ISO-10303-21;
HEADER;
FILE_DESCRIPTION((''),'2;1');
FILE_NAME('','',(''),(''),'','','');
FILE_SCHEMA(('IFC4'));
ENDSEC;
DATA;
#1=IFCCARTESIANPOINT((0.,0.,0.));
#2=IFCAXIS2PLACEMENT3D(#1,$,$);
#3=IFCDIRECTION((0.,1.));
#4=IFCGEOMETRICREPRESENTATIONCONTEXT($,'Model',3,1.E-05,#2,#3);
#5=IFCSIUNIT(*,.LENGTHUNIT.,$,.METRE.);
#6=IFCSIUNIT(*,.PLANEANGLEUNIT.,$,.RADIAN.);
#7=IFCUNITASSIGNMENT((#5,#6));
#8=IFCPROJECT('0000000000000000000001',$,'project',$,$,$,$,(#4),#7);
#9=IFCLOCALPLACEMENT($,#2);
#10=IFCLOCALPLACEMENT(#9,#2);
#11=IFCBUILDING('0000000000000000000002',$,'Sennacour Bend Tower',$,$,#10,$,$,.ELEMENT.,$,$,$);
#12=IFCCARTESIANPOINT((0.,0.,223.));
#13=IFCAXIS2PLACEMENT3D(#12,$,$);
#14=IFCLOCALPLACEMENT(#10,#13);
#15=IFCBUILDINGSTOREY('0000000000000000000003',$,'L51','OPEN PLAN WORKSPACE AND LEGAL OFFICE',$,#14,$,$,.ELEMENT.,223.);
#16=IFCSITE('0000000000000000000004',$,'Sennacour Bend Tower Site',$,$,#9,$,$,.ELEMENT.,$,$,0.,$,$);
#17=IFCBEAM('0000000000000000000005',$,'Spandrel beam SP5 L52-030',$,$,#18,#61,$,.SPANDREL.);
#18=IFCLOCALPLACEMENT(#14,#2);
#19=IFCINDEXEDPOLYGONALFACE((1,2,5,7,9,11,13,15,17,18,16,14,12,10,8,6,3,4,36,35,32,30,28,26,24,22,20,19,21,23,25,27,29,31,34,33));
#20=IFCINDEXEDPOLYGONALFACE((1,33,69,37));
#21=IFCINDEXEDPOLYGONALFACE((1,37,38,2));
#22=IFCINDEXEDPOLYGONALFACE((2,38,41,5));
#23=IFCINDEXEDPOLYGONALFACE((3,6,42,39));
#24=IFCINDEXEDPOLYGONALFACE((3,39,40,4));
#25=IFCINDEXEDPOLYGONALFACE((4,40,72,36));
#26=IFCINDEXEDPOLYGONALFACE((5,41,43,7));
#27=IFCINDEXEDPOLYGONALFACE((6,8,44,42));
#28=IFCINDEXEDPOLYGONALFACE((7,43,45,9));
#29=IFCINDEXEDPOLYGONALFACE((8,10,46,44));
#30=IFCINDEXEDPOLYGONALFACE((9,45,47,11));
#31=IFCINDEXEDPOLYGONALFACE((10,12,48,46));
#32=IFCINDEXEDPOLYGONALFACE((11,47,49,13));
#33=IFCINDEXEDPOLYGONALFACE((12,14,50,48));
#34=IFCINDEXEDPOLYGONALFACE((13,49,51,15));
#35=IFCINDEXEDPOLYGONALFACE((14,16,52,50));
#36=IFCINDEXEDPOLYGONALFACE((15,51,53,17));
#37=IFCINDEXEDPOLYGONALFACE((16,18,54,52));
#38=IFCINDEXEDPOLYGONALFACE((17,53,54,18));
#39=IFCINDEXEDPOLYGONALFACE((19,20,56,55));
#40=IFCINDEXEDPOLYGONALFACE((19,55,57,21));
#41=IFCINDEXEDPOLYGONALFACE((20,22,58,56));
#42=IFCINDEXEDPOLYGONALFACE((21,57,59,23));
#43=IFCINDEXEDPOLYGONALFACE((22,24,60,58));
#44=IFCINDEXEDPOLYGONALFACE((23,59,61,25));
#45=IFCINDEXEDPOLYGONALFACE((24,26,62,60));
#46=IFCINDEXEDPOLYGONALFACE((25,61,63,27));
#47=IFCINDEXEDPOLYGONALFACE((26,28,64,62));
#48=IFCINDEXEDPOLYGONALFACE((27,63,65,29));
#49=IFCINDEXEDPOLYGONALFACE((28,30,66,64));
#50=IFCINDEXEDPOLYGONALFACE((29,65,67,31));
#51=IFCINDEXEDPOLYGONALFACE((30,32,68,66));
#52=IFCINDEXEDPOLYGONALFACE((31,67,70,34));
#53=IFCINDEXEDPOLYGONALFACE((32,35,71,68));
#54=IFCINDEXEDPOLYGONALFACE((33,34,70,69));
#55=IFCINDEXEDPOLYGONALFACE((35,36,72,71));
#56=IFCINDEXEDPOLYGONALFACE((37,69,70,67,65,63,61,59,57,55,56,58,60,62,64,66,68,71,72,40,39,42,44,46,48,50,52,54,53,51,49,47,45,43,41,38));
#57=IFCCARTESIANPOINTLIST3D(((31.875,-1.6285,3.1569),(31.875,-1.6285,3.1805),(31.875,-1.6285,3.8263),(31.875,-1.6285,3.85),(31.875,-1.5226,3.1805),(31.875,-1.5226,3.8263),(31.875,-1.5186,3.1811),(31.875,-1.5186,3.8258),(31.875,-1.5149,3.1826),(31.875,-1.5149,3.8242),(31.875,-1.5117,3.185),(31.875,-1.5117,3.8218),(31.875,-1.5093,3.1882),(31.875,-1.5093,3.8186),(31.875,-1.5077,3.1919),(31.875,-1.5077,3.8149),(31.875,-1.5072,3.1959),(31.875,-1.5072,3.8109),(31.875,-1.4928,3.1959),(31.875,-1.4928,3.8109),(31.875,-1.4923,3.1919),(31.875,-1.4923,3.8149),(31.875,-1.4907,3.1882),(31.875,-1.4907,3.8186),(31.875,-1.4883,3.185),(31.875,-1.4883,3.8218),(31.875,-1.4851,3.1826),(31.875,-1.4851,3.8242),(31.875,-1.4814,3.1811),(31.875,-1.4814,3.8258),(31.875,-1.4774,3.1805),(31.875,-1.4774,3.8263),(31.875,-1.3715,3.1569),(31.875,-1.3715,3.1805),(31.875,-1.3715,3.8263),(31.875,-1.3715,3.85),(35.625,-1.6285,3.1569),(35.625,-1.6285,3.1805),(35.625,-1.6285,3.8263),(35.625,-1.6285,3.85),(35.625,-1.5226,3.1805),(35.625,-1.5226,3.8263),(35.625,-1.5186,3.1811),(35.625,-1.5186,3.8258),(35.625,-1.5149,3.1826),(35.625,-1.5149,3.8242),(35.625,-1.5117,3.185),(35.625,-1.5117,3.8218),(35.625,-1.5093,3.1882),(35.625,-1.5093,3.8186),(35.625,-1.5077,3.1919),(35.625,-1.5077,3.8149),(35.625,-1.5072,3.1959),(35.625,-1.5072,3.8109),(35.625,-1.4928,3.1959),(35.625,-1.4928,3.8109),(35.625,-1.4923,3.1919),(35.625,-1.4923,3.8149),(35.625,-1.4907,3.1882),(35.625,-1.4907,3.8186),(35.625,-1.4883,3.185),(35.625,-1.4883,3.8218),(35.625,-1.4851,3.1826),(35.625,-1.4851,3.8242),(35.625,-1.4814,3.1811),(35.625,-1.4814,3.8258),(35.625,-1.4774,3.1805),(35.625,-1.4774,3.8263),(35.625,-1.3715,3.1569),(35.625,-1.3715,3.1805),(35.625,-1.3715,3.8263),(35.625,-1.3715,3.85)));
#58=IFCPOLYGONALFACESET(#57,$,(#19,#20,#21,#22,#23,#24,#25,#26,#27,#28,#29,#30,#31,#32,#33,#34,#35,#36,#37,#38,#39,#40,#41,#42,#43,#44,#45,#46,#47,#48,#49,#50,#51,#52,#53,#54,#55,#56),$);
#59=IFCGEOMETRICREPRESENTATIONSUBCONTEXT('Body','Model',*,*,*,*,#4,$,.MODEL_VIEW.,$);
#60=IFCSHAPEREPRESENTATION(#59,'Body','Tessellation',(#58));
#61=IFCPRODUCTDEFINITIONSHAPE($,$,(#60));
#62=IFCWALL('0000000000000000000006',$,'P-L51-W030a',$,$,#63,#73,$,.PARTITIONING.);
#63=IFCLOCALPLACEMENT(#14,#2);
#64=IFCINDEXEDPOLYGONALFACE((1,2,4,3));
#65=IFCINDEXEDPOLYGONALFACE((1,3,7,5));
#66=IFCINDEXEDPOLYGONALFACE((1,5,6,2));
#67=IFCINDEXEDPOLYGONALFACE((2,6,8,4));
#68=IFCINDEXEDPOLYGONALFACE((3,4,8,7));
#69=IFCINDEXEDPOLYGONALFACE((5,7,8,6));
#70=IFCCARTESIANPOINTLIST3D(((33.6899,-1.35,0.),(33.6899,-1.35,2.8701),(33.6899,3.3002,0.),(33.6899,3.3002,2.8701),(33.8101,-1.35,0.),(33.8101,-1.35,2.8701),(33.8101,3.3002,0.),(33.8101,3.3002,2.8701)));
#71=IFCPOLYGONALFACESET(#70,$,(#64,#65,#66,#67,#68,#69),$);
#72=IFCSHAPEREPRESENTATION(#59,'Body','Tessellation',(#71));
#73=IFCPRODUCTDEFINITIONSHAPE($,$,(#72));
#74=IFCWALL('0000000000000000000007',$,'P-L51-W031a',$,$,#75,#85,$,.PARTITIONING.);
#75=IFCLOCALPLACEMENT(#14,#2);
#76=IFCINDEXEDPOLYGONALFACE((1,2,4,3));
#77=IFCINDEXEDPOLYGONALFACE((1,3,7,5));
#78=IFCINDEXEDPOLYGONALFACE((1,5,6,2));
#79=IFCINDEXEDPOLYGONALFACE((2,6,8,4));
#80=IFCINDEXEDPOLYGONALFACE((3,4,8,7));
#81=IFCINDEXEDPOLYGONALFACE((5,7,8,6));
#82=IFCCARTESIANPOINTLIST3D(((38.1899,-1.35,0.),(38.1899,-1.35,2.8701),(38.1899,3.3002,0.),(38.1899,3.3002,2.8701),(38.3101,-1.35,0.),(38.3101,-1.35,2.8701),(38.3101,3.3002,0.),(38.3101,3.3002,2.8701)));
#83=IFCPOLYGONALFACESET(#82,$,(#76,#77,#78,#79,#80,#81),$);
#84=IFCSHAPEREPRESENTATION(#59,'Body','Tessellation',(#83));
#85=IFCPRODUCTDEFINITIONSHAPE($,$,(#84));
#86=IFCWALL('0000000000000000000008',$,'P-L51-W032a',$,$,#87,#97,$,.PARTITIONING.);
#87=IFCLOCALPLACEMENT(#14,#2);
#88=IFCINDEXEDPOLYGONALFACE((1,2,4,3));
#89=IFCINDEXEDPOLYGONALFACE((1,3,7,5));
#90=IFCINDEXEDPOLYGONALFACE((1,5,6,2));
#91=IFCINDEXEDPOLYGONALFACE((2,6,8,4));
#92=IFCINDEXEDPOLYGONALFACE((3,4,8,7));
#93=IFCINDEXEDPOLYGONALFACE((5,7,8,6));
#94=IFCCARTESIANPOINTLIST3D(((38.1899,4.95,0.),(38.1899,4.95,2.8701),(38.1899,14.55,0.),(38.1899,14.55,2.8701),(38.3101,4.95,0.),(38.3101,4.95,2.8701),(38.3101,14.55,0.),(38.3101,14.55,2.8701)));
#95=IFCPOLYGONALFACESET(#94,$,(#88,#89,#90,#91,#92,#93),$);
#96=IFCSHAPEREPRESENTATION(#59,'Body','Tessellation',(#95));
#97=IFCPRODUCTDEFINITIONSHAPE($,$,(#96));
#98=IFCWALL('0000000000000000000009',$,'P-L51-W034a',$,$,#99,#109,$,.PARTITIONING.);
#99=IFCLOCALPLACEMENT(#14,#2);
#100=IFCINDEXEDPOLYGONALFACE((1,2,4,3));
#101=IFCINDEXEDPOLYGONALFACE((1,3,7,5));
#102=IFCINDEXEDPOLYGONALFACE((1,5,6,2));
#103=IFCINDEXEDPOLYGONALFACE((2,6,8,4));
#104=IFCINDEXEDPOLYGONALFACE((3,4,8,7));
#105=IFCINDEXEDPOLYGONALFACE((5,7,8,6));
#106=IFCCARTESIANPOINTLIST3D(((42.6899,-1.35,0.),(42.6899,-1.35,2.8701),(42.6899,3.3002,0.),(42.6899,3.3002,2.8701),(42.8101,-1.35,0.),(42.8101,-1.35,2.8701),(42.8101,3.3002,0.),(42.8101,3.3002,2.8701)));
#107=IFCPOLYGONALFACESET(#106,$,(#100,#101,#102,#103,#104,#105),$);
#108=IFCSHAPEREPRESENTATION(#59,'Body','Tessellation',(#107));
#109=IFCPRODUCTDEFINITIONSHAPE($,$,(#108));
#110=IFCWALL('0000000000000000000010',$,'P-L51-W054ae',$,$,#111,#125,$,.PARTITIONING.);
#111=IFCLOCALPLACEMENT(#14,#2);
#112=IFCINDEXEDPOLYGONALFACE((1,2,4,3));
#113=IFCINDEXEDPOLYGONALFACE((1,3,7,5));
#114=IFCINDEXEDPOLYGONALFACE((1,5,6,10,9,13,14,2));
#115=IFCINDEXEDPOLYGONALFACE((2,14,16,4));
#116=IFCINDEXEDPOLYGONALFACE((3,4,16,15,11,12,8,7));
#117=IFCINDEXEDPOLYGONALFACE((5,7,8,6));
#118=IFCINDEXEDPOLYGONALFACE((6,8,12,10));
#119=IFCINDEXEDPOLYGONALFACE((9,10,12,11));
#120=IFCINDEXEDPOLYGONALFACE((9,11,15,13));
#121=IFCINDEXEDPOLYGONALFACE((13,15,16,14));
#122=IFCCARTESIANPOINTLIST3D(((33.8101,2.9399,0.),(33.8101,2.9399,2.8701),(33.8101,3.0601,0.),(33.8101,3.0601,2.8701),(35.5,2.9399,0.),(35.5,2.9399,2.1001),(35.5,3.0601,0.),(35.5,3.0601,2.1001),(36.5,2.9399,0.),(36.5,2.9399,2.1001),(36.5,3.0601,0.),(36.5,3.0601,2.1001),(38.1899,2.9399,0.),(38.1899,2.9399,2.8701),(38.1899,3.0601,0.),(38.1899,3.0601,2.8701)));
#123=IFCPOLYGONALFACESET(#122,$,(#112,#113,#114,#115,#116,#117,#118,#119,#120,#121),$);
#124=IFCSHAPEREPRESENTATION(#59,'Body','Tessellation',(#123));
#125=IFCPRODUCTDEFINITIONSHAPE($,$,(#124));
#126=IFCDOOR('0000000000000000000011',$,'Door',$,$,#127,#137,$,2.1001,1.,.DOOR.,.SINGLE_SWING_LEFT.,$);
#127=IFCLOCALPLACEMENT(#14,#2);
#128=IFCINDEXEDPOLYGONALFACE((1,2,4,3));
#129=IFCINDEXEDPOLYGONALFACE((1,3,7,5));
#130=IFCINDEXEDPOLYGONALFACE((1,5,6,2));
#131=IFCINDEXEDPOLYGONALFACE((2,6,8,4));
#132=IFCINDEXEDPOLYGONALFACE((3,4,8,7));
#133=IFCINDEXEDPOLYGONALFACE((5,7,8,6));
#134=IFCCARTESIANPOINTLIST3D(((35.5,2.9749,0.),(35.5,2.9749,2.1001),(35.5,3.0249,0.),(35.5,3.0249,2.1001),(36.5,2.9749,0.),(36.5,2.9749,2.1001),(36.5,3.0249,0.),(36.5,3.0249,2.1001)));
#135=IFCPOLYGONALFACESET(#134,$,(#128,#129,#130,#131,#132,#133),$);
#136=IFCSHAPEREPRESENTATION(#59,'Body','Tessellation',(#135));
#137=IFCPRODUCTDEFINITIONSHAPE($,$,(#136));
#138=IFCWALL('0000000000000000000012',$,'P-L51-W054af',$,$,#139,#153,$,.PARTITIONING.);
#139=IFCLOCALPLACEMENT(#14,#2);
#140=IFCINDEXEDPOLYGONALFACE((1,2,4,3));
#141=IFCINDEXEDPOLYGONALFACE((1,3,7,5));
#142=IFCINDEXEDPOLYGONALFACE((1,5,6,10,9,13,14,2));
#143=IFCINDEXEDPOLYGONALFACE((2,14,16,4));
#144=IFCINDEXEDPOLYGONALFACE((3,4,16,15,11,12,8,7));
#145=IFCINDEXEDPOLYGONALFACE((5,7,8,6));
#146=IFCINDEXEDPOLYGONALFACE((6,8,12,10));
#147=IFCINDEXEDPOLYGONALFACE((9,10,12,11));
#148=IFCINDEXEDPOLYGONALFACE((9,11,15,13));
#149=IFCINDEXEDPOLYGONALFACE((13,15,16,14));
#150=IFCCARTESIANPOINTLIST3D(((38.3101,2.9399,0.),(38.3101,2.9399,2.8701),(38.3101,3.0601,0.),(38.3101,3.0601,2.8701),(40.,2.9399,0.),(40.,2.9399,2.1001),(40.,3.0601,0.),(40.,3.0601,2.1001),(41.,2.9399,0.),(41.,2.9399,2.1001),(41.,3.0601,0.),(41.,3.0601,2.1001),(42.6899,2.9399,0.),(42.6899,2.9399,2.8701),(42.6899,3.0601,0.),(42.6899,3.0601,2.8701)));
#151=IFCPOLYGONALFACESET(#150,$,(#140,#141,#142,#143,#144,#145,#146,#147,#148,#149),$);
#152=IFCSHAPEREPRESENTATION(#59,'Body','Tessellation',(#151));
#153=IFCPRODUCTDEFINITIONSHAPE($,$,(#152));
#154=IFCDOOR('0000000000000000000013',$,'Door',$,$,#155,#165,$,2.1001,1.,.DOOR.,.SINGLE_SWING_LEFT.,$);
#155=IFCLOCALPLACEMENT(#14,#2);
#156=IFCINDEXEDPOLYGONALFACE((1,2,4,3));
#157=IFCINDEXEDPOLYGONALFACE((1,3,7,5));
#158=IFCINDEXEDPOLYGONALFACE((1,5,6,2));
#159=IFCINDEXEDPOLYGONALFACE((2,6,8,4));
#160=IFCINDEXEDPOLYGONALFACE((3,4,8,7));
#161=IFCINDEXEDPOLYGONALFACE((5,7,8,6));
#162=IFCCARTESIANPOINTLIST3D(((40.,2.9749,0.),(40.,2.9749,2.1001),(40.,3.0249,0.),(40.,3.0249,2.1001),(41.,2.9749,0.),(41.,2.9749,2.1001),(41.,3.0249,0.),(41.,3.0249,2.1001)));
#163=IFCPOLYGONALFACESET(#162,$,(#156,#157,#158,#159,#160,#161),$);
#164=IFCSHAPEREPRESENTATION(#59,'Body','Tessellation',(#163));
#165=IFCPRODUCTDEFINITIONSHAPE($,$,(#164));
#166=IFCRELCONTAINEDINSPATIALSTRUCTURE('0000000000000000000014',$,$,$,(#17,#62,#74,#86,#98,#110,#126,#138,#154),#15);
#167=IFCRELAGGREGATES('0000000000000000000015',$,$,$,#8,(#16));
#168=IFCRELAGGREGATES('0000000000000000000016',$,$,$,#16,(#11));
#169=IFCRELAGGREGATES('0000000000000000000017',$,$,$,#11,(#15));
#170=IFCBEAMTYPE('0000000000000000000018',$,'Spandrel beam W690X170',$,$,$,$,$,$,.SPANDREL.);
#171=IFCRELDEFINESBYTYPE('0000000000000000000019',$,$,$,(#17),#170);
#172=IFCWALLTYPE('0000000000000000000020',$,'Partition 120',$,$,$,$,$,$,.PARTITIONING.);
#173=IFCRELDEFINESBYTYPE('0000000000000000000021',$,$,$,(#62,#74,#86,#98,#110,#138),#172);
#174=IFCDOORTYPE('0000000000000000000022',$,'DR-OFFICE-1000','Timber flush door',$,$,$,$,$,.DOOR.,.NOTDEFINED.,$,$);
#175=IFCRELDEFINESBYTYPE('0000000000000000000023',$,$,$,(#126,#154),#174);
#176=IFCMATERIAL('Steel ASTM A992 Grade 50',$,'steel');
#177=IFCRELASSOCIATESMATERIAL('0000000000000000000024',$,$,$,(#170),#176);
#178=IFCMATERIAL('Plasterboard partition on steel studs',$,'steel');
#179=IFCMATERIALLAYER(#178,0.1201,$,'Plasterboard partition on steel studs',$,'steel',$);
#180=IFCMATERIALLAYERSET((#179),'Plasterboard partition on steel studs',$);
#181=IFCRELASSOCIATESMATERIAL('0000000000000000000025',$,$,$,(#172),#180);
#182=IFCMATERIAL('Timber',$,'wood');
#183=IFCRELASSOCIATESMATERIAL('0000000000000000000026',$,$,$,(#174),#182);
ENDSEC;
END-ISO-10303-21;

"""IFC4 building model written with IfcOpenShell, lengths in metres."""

from ifc_helpers import new_model, si_unit, direction, frame, frame_2d, origin, origin_2d, place, context, subcontext, project, spatial, rectangle, i_section, extrude, material, layer, layer_set, material_profile, profile_set, type_object, element, fill, save


model = new_model("IFC4")

# Units and contexts
model_context = context("Model", 3, precision=1e-05, world=origin(), true_north=direction((0.0, 1.0)))
body_context = subcontext(model_context, "Body", "Model", "MODEL_VIEW")
ifc_project = project(units=[si_unit("LENGTHUNIT", "METRE"), si_unit("PLANEANGLEUNIT", "RADIAN")], contexts=[model_context])

# Site, building, storey
site_placement = place(None, origin())
site = spatial("IfcSite", under=ifc_project, at=site_placement, Name="Sennacour Bend Tower Site", CompositionType="ELEMENT", RefElevation=0.0)
building_placement = place(site_placement, origin())
building = spatial("IfcBuilding", under=site, at=building_placement, Name="Sennacour Bend Tower", CompositionType="ELEMENT")
storey_placement = place(building_placement, frame((0.0, 0.0, 223.0)))
storey = spatial("IfcBuildingStorey", under=building, at=storey_placement, Name="L51", Description="OPEN PLAN WORKSPACE AND LEGAL OFFICE", CompositionType="ELEMENT", Elevation=223.0)

# Beam
ifc_material_1 = material(Name="Steel ASTM A992 Grade 50", Category="steel")
ifc_material_profile_1 = material_profile(ifc_material_1, i_section(OverallWidth=0.2571, OverallDepth=0.6931, WebThickness=0.0144, FlangeThickness=0.0237, FilletRadius=0.0154, at=origin_2d()), Name="Steel ASTM A992 Grade 50", Category="steel")
ifc_profile_set_1 = profile_set([ifc_material_profile_1], Name="Steel ASTM A992 Grade 50")
beam_type_1 = type_object("IfcBeamType", Name="Spandrel beam W690X170", PredefinedType="SPANDREL", material=ifc_profile_set_1)
for number, where, z_axis, x_axis, name in (
    (1, (35.625, -1.5, 3.5034), (-1.0, 0.0, 0.0), (0.0, -1.0, 0.0), "Spandrel beam SP5 L52-030"),
):
    element("IfcBeam", number, at=place(storey_placement, frame(where, z_axis=z_axis, x_axis=x_axis)), inside=storey, type_object=beam_type_1, Name=name, PredefinedType="SPANDREL", context=body_context, shape_type="SweptSolid", body=[
        extrude(i_section(OverallWidth=0.2571, OverallDepth=0.6931, WebThickness=0.0144, FlangeThickness=0.0237, FilletRadius=0.0154, at=origin_2d()), origin(), (0.0, 0.0, 1.0), 3.75),
    ])

# Walls
ifc_material_2 = material(Name="Plasterboard partition on steel studs", Category="steel")
ifc_layer_1 = layer(ifc_material_2, 0.1201, Name="Plasterboard partition on steel studs", Category="steel")
ifc_layer_set_1 = layer_set([ifc_layer_1], Name="Plasterboard partition on steel studs")
wall_type_1 = type_object("IfcWallType", Name="Partition 120", PredefinedType="PARTITIONING", material=ifc_layer_set_1)
for number, where, z_axis, x_axis, name in (
    (2, (33.75, -1.3501, 0.0), (0.0, 0.0, 1.0), (0.0, 1.0, 0.0), "P-L51-W030a"),
    (3, (38.25, -1.3501, 0.0), (0.0, 0.0, 1.0), (0.0, 1.0, 0.0), "P-L51-W031a"),
):
    element("IfcWall", number, at=place(storey_placement, frame(where, z_axis=z_axis, x_axis=x_axis)), inside=storey, type_object=wall_type_1, Name=name, PredefinedType="PARTITIONING", context=body_context, shape_type="SweptSolid", body=[
        extrude(rectangle(XDim=4.6501, YDim=0.1201, at=frame_2d((2.3252, 0.0))), origin(), (0.0, 0.0, 1.0), 2.8701),
    ])
wall_1_placement = place(storey_placement, frame((38.25, 4.95, 0.0), z_axis=(0.0, 0.0, 1.0), x_axis=(0.0, 1.0, 0.0)))
element("IfcWall", 4, at=wall_1_placement, inside=storey, type_object=wall_type_1, Name="P-L51-W032a", PredefinedType="PARTITIONING", context=body_context, shape_type="SweptSolid", body=[
    extrude(rectangle(XDim=9.6001, YDim=0.1201, at=frame_2d((4.8, 0.0))), origin(), (0.0, 0.0, 1.0), 2.8701),
])
wall_2_placement = place(storey_placement, frame((42.75, -1.3501, 0.0), z_axis=(0.0, 0.0, 1.0), x_axis=(0.0, 1.0, 0.0)))
element("IfcWall", 5, at=wall_2_placement, inside=storey, type_object=wall_type_1, Name="P-L51-W034a", PredefinedType="PARTITIONING", context=body_context, shape_type="SweptSolid", body=[
    extrude(rectangle(XDim=4.6501, YDim=0.1201, at=frame_2d((2.3252, 0.0))), origin(), (0.0, 0.0, 1.0), 2.8701),
])

# Walls, openings, doors
wall_3_placement = place(storey_placement, frame((33.8101, 3.0, 0.0), z_axis=(0.0, 0.0, 1.0), x_axis=(1.0, 0.0, 0.0)))
wall_3 = element("IfcWall", 6, at=wall_3_placement, inside=storey, type_object=wall_type_1, Name="P-L51-W054ae", PredefinedType="PARTITIONING", context=body_context, shape_type="SweptSolid", body=[
    extrude(rectangle(XDim=4.3799, YDim=0.1201, at=frame_2d((2.1899, 0.0))), origin(), (0.0, 0.0, 1.0), 2.8701),
])
opening_1_placement = place(wall_3_placement, frame((1.6899, 0.0, 0.0)))
opening_1 = element("IfcOpeningElement", 7, at=opening_1_placement, cuts=wall_3, PredefinedType="OPENING", context=body_context, shape_type="SweptSolid", body=[
    extrude(rectangle(XDim=1.0, YDim=2.1001, at=frame_2d((0.5, 1.05))), frame((0.0, 0.0701, 0.0), z_axis=(0.0, -1.0, 0.0), x_axis=(1.0, 0.0, 0.0)), (0.0, 0.0, 1.0), 0.1401),
])
ifc_material_3 = material(Name="Timber", Category="wood")
door_type_1 = type_object("IfcDoorType", Name="DR-OFFICE-1000", Description="Timber flush door", OperationType="NOTDEFINED", PredefinedType="DOOR", material=ifc_material_3)
door_1_placement = place(opening_1_placement, origin())
door_1 = element("IfcDoor", 8, at=door_1_placement, inside=storey, type_object=door_type_1, Name="Door", OperationType="SINGLE_SWING_LEFT", OverallHeight=2.1001, OverallWidth=1.0, PredefinedType="DOOR", context=body_context, shape_type="SweptSolid", body=[
    extrude(rectangle(XDim=1.0, YDim=2.1001, at=frame_2d((0.5, 1.05))), frame((0.0, 0.0249, 0.0), z_axis=(0.0, -1.0, 0.0), x_axis=(1.0, 0.0, 0.0)), (0.0, 0.0, 1.0), 0.05),
])
fill(opening_1, door_1)
wall_4_placement = place(storey_placement, frame((38.3101, 3.0, 0.0), z_axis=(0.0, 0.0, 1.0), x_axis=(1.0, 0.0, 0.0)))
wall_4 = element("IfcWall", 9, at=wall_4_placement, inside=storey, type_object=wall_type_1, Name="P-L51-W054af", PredefinedType="PARTITIONING", context=body_context, shape_type="SweptSolid", body=[
    extrude(rectangle(XDim=4.3799, YDim=0.1201, at=frame_2d((2.1899, 0.0))), origin(), (0.0, 0.0, 1.0), 2.8701),
])
opening_2_placement = place(wall_4_placement, frame((1.6899, 0.0, 0.0)))
opening_2 = element("IfcOpeningElement", 10, at=opening_2_placement, cuts=wall_4, PredefinedType="OPENING", context=body_context, shape_type="SweptSolid", body=[
    extrude(rectangle(XDim=1.0, YDim=2.1001, at=frame_2d((0.5, 1.05))), frame((0.0, 0.0701, 0.0), z_axis=(0.0, -1.0, 0.0), x_axis=(1.0, 0.0, 0.0)), (0.0, 0.0, 1.0), 0.1401),
])
door_2_placement = place(opening_2_placement, origin())
door_2 = element("IfcDoor", 11, at=door_2_placement, inside=storey, type_object=door_type_1, Name="Door", OperationType="SINGLE_SWING_LEFT", OverallHeight=2.1001, OverallWidth=1.0, PredefinedType="DOOR", context=body_context, shape_type="SweptSolid", body=[
    extrude(rectangle(XDim=1.0, YDim=2.1001, at=frame_2d((0.5, 1.05))), frame((0.0, 0.0249, 0.0), z_axis=(0.0, -1.0, 0.0), x_axis=(1.0, 0.0, 0.0)), (0.0, 0.0, 1.0), 0.05),
])
fill(opening_2, door_2)

save(model, "model.ifc")
